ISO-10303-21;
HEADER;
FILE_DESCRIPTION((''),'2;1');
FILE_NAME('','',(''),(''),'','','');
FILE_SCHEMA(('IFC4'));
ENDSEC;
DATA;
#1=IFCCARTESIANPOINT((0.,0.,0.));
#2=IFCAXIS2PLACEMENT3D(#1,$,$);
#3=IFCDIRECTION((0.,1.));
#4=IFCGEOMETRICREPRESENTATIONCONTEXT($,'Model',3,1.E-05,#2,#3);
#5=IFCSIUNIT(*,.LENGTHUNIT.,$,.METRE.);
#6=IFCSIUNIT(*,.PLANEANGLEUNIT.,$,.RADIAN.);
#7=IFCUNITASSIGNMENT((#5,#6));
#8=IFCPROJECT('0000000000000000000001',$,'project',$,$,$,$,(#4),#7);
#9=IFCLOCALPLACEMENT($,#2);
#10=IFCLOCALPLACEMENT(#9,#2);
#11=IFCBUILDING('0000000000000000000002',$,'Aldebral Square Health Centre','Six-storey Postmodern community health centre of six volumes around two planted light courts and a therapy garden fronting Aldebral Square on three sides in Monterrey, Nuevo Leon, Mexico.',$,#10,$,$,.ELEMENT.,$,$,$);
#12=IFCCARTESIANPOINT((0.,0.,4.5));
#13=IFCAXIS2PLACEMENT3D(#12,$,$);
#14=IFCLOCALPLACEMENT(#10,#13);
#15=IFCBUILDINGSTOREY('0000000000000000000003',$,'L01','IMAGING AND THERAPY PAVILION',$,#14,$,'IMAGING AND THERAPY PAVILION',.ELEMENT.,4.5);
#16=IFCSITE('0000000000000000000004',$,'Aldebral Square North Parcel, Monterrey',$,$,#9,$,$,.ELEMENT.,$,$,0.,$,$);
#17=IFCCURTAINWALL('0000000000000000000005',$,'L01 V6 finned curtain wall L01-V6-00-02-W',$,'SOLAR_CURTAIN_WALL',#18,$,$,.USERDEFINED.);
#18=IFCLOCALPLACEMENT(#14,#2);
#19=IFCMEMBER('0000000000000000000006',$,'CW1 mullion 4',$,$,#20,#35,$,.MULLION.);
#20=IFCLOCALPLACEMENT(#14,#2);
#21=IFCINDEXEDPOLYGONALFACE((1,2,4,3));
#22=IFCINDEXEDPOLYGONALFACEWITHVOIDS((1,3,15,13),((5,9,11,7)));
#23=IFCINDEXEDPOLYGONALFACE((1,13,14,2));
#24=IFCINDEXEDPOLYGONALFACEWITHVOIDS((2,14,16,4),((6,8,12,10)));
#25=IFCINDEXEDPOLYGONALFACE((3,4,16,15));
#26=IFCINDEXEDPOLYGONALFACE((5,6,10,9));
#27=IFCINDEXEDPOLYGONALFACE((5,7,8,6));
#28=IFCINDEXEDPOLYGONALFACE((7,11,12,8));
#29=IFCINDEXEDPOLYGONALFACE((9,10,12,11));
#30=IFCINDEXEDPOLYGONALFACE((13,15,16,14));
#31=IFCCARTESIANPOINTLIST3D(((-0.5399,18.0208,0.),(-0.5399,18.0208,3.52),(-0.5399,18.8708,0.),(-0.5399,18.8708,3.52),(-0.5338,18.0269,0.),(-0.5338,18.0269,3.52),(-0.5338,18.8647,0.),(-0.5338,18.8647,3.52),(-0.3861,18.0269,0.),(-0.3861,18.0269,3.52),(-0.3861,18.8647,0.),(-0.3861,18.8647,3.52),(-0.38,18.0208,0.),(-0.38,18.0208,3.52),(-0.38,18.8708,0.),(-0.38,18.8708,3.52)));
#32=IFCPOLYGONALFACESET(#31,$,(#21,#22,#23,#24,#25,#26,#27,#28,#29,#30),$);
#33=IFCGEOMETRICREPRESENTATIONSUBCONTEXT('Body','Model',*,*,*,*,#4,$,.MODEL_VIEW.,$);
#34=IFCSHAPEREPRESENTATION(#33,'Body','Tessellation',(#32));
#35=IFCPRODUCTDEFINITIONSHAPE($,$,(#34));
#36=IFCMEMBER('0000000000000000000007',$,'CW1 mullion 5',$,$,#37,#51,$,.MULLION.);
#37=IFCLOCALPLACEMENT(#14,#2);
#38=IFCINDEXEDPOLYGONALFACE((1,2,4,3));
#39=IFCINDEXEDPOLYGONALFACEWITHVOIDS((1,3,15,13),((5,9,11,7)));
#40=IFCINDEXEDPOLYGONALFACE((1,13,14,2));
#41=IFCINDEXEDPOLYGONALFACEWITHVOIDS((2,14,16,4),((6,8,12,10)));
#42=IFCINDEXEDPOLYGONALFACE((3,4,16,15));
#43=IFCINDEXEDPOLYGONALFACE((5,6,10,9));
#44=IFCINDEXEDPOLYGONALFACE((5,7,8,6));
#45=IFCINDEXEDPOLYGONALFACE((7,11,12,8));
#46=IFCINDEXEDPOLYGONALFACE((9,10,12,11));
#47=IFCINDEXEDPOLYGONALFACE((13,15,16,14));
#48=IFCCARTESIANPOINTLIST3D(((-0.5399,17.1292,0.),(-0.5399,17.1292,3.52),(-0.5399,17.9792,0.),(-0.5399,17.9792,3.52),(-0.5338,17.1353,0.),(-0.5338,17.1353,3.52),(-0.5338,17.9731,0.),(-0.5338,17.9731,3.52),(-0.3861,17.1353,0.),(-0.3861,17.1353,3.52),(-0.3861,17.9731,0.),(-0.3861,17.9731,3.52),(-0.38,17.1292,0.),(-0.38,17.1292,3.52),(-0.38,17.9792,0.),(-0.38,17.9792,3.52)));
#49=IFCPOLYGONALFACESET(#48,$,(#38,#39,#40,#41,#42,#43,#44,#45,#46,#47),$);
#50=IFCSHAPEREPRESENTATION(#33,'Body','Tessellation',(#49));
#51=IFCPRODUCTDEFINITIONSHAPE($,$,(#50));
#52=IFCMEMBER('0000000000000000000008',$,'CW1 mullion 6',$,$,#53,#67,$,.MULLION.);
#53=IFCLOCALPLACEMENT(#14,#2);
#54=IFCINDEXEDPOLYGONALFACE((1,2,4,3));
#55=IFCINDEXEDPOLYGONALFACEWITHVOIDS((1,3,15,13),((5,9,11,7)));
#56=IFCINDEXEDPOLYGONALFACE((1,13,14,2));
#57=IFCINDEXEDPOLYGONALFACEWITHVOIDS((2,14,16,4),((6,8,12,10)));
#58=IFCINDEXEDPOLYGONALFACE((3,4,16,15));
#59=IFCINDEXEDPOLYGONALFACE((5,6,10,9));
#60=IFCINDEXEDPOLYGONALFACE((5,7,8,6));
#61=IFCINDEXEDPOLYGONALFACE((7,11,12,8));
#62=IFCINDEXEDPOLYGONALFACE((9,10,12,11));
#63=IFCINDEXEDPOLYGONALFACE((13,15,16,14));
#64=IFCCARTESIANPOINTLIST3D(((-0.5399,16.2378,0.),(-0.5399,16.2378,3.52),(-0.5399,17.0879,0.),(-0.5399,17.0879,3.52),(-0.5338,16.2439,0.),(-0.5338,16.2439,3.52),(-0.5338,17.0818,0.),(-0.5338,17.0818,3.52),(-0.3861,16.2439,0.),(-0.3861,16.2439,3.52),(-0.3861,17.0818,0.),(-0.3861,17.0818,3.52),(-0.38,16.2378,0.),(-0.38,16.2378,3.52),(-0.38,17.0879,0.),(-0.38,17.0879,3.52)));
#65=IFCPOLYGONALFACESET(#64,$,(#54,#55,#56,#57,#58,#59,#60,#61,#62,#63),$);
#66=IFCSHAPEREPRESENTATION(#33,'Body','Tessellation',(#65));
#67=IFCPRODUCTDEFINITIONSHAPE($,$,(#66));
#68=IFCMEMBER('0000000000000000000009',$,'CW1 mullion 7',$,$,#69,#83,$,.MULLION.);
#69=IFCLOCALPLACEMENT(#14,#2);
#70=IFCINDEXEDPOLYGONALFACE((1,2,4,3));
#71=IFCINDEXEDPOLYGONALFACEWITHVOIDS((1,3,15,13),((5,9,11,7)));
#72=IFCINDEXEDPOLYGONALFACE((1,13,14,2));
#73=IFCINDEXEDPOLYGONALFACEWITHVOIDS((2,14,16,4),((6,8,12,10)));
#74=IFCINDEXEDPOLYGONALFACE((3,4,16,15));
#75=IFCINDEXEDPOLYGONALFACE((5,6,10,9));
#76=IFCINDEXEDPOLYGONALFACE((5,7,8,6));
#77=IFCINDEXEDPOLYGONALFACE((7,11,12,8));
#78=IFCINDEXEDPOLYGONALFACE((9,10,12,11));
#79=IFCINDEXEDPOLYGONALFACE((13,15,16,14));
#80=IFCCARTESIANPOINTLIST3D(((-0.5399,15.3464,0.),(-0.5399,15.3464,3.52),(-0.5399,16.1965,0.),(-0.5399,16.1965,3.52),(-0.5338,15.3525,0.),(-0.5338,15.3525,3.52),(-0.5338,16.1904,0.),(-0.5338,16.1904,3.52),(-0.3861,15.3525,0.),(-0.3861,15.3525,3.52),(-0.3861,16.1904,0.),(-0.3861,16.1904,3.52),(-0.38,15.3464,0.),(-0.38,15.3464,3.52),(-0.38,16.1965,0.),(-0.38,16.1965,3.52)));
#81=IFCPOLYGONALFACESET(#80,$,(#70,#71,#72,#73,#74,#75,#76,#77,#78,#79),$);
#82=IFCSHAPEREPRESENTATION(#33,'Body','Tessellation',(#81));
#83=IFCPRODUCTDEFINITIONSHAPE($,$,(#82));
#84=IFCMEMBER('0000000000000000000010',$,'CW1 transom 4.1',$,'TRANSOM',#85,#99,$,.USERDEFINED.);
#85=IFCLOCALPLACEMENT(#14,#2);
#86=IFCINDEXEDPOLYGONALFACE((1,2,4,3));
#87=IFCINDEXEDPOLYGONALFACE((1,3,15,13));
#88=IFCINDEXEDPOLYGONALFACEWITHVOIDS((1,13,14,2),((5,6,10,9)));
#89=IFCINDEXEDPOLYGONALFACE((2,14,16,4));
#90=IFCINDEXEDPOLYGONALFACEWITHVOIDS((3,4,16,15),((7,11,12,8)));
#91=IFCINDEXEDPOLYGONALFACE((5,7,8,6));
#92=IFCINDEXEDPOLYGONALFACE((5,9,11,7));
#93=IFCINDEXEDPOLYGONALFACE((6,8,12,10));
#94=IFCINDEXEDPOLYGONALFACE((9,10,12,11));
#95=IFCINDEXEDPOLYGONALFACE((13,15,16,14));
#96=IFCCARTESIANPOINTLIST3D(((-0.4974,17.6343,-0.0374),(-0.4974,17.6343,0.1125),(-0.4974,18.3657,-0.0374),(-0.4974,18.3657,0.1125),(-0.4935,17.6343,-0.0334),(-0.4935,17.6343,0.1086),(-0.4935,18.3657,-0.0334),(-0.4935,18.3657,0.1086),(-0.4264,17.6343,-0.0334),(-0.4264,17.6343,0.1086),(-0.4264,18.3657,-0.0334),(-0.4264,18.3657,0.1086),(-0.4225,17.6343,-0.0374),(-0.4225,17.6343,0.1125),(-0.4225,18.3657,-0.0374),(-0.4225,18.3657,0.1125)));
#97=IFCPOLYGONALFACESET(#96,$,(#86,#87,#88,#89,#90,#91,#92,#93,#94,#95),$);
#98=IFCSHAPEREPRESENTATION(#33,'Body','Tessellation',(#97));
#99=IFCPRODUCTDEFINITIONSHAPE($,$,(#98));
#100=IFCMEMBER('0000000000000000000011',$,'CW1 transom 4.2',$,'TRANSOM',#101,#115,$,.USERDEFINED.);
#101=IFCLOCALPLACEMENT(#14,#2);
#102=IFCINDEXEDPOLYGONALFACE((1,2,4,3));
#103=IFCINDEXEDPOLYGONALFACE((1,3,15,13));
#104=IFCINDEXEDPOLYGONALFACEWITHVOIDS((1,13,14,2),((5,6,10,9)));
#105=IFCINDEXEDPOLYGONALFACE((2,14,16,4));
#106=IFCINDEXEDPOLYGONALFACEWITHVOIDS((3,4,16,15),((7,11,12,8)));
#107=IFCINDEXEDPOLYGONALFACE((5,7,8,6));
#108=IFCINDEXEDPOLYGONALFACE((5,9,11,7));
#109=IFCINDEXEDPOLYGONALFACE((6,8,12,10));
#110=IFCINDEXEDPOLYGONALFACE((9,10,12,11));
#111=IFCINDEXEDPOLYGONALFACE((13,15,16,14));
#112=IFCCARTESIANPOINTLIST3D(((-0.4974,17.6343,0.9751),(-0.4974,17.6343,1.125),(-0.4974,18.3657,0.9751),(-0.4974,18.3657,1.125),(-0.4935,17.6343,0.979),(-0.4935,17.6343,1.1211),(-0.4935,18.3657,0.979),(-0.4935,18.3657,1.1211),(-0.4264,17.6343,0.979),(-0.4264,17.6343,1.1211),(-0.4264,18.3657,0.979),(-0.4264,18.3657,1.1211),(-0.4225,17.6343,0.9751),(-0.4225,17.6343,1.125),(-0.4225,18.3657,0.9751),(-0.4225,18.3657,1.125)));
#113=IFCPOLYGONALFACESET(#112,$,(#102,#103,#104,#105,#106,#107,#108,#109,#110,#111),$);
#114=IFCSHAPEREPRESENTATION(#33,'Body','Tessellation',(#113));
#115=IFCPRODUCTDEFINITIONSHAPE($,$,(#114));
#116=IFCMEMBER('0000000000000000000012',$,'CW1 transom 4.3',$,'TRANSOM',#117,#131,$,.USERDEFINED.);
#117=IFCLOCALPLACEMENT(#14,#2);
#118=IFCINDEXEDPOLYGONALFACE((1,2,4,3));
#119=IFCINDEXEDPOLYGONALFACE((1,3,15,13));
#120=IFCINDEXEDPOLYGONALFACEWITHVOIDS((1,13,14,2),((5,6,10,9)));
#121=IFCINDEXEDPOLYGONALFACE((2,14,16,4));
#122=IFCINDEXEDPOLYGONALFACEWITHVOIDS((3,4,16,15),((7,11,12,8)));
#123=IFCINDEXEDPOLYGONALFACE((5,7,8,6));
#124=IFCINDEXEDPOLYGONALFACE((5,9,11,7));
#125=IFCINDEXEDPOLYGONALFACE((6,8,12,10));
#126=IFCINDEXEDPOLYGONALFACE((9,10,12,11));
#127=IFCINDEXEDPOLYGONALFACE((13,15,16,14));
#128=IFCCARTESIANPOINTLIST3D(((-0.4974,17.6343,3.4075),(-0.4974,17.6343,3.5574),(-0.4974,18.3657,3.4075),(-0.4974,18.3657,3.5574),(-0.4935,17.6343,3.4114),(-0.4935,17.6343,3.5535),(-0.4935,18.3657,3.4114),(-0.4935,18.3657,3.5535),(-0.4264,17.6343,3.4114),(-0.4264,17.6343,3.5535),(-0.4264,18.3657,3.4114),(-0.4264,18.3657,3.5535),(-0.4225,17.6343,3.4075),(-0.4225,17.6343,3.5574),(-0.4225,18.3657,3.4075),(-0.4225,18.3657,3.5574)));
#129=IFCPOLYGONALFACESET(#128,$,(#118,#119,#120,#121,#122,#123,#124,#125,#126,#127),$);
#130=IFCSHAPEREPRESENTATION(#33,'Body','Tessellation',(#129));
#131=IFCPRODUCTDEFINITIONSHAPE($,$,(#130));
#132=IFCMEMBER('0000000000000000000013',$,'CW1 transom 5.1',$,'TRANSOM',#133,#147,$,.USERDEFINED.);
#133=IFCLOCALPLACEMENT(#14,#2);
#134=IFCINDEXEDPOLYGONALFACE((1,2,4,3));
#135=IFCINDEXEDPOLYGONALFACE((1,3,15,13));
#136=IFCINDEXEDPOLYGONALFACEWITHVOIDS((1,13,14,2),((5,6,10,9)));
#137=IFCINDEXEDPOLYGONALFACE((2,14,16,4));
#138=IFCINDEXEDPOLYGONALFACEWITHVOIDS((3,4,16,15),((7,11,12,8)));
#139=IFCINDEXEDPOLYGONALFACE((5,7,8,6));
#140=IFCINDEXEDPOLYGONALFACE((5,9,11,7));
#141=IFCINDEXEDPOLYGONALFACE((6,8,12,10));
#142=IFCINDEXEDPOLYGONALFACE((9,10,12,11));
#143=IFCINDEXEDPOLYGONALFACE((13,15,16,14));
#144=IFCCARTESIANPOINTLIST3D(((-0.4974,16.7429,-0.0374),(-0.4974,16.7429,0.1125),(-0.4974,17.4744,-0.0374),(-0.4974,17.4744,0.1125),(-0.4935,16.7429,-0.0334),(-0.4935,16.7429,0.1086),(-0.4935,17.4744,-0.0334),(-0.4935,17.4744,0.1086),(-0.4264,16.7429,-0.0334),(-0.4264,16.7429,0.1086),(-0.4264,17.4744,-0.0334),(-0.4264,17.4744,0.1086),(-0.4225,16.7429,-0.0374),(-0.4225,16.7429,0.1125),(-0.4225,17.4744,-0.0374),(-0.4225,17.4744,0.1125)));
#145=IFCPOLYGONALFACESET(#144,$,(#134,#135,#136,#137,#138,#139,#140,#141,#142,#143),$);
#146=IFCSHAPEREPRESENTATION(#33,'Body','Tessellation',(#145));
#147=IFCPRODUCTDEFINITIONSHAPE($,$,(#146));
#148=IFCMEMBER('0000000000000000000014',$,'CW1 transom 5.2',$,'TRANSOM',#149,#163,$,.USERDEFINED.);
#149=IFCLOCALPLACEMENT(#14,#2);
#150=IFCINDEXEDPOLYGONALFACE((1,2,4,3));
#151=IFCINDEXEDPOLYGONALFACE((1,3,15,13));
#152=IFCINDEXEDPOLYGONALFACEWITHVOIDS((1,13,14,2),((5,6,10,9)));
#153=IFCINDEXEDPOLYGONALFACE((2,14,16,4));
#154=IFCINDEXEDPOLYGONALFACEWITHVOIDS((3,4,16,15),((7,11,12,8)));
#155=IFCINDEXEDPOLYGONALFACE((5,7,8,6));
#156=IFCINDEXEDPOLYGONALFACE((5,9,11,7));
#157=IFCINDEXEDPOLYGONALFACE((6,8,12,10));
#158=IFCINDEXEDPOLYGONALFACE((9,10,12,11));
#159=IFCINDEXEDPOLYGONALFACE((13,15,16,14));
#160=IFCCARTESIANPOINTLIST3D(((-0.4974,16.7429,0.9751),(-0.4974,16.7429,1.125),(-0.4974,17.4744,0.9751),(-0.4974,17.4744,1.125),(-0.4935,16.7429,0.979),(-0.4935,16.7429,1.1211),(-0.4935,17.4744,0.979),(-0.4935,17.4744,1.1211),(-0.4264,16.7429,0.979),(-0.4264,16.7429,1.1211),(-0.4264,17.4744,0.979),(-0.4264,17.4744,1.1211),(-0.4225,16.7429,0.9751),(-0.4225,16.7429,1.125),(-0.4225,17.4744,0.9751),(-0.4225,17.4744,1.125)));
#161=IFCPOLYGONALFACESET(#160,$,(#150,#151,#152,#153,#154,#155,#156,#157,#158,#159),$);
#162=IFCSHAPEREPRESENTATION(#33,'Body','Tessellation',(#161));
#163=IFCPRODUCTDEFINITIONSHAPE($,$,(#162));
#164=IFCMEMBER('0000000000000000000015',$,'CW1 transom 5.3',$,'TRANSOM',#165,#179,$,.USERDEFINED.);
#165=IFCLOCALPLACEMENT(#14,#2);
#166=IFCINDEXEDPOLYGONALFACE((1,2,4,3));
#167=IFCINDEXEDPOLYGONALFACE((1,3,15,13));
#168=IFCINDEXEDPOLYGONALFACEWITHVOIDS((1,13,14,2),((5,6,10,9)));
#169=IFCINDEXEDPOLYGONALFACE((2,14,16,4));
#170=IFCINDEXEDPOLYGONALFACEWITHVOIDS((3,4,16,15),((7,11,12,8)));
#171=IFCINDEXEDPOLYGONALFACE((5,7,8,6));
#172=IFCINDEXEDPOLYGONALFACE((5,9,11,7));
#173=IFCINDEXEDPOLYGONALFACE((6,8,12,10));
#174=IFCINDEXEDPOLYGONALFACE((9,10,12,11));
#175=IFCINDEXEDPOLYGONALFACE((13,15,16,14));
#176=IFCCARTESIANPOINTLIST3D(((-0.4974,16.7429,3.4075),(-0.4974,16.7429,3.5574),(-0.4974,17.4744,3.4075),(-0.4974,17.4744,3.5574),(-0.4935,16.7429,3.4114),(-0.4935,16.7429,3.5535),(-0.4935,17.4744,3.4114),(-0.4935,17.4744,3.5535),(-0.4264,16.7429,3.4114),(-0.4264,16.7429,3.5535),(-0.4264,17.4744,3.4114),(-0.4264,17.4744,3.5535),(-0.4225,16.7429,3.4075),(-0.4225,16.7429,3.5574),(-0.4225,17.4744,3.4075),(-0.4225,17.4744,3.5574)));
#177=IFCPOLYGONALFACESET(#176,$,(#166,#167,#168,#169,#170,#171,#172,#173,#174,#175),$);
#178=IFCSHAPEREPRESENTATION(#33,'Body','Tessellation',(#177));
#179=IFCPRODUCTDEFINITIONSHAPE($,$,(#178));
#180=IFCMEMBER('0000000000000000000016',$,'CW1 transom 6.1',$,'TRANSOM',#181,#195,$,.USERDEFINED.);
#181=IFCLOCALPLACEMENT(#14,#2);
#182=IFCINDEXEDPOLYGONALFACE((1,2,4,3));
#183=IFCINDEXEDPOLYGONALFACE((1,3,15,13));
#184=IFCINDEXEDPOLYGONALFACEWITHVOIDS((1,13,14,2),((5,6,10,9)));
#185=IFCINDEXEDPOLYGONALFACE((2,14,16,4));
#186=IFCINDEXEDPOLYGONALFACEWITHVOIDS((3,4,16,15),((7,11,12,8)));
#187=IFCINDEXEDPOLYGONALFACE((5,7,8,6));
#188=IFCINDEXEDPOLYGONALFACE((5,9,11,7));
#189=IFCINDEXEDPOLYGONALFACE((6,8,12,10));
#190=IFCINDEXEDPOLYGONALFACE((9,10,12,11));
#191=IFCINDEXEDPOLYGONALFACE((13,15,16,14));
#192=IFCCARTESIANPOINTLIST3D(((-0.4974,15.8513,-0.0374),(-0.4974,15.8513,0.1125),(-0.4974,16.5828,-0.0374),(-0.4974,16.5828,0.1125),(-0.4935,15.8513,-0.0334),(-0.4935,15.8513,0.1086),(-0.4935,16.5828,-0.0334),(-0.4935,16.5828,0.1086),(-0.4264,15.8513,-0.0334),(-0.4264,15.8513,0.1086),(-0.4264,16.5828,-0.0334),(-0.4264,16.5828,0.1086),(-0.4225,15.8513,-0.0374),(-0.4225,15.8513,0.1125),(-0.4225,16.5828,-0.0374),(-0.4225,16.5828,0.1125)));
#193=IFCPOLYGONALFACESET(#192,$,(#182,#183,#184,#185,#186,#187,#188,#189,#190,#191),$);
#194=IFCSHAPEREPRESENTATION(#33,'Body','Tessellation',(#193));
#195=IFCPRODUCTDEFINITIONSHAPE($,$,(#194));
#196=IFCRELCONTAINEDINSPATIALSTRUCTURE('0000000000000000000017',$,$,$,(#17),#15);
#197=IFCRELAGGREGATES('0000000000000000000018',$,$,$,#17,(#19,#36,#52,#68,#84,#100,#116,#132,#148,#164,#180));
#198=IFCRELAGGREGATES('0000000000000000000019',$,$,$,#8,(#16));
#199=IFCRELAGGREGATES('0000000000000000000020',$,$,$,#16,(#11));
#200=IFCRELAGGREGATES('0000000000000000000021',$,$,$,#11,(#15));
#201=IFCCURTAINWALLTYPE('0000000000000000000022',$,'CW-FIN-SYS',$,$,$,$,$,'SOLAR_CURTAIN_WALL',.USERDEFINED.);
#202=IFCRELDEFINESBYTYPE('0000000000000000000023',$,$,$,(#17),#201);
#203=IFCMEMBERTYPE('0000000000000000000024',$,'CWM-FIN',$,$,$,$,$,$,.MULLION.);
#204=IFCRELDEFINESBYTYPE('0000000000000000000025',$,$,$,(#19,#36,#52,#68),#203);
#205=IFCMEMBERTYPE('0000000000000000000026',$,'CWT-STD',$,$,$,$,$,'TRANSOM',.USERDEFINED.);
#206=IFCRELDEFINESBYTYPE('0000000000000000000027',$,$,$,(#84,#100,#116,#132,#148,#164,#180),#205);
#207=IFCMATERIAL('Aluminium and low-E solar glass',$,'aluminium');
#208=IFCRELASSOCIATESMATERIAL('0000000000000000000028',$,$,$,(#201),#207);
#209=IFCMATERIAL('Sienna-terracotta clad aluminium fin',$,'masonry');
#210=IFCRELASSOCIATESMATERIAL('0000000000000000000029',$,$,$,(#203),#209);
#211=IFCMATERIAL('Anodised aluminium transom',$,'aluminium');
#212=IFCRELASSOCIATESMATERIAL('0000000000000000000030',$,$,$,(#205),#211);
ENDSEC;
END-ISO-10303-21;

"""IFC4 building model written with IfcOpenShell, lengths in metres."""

from ifc_helpers import new_model, si_unit, direction, frame, origin, origin_2d, place, context, subcontext, project, spatial, hollow_rectangle, extrude, material, material_profile, profile_set, type_object, element, aggregate, save


model = new_model("IFC4")

# Units and contexts
model_context = context("Model", 3, precision=1e-05, world=origin(), true_north=direction((0.0, 1.0)))
body_context = subcontext(model_context, "Body", "Model", "MODEL_VIEW")
ifc_project = project(units=[si_unit("LENGTHUNIT", "METRE"), si_unit("PLANEANGLEUNIT", "RADIAN")], contexts=[model_context])

# Site, building, storey
site_placement = place(None, origin())
site = spatial("IfcSite", under=ifc_project, at=site_placement, Name="Aldebral Square North Parcel, Monterrey", CompositionType="ELEMENT", RefElevation=0.0)
building_placement = place(site_placement, origin())
building = spatial("IfcBuilding", under=site, at=building_placement, Name="Aldebral Square Health Centre", Description="Six-storey Postmodern community health centre of six volumes around two planted light courts and a therapy garden fronting Aldebral Square on three sides in Monterrey, Nuevo Leon, Mexico.", CompositionType="ELEMENT")
storey_placement = place(building_placement, frame((0.0, 0.0, 4.5)))
storey = spatial("IfcBuildingStorey", under=building, at=storey_placement, Name="L01", Description="IMAGING AND THERAPY PAVILION", LongName="IMAGING AND THERAPY PAVILION", CompositionType="ELEMENT", Elevation=4.5)

# Curtain wall, members
ifc_material_1 = material(Name="Aluminium and low-E solar glass", Category="aluminium")
curtain_wall_type = type_object("IfcCurtainWallType", Name="CW-FIN-SYS", ElementType="SOLAR_CURTAIN_WALL", PredefinedType="USERDEFINED", material=ifc_material_1)
curtain_wall_placement = place(storey_placement, origin())
curtain_wall = element("IfcCurtainWall", 1, at=curtain_wall_placement, inside=storey, type_object=curtain_wall_type, Name="L01 V6 finned curtain wall L01-V6-00-02-W", ObjectType="SOLAR_CURTAIN_WALL", PredefinedType="USERDEFINED")
ifc_material_2 = material(Name="Sienna-terracotta clad aluminium fin", Category="masonry")
ifc_material_profile_1 = material_profile(ifc_material_2, hollow_rectangle(XDim=0.1599, YDim=0.8501, WallThickness=0.0061, at=origin_2d()), Name="FIN 160x850x6")
ifc_profile_set_1 = profile_set([ifc_material_profile_1], Name="Sienna-terracotta clad aluminium fin")
member_type_1 = type_object("IfcMemberType", Name="CWM-FIN", PredefinedType="MULLION", material=ifc_profile_set_1)
member_1_placement = place(storey_placement, frame((-0.46, 18.4458, 0.0), z_axis=(0.0, 0.0, 1.0), x_axis=(1.0, 0.0, 0.0)))
member_1 = element("IfcMember", 2, at=member_1_placement, type_object=member_type_1, Name="CW1 mullion 4", PredefinedType="MULLION", context=body_context, shape_type="SweptSolid", body=[
    extrude(hollow_rectangle(XDim=0.1599, YDim=0.8501, WallThickness=0.0061, at=origin_2d()), origin(), (0.0, 0.0, 1.0), 3.52),
])
member_2_placement = place(storey_placement, frame((-0.46, 17.5542, 0.0), z_axis=(0.0, 0.0, 1.0), x_axis=(1.0, 0.0, 0.0)))
member_2 = element("IfcMember", 3, at=member_2_placement, type_object=member_type_1, Name="CW1 mullion 5", PredefinedType="MULLION", context=body_context, shape_type="SweptSolid", body=[
    extrude(hollow_rectangle(XDim=0.1599, YDim=0.8501, WallThickness=0.0061, at=origin_2d()), origin(), (0.0, 0.0, 1.0), 3.52),
])
member_3_placement = place(storey_placement, frame((-0.46, 16.6628, 0.0), z_axis=(0.0, 0.0, 1.0), x_axis=(1.0, 0.0, 0.0)))
member_3 = element("IfcMember", 4, at=member_3_placement, type_object=member_type_1, Name="CW1 mullion 6", PredefinedType="MULLION", context=body_context, shape_type="SweptSolid", body=[
    extrude(hollow_rectangle(XDim=0.1599, YDim=0.8501, WallThickness=0.0061, at=origin_2d()), origin(), (0.0, 0.0, 1.0), 3.52),
])
member_4_placement = place(storey_placement, frame((-0.46, 15.7715, 0.0), z_axis=(0.0, 0.0, 1.0), x_axis=(1.0, 0.0, 0.0)))
member_4 = element("IfcMember", 5, at=member_4_placement, type_object=member_type_1, Name="CW1 mullion 7", PredefinedType="MULLION", context=body_context, shape_type="SweptSolid", body=[
    extrude(hollow_rectangle(XDim=0.1599, YDim=0.8501, WallThickness=0.0061, at=origin_2d()), origin(), (0.0, 0.0, 1.0), 3.52),
])
ifc_material_3 = material(Name="Anodised aluminium transom", Category="aluminium")
ifc_material_profile_2 = material_profile(ifc_material_3, hollow_rectangle(XDim=0.075, YDim=0.1499, WallThickness=0.0039, at=origin_2d()), Name="CWT 75x150x4")
ifc_profile_set_2 = profile_set([ifc_material_profile_2], Name="Anodised aluminium transom")
member_type_2 = type_object("IfcMemberType", Name="CWT-STD", ElementType="TRANSOM", PredefinedType="USERDEFINED", material=ifc_profile_set_2)
member_5_placement = place(storey_placement, frame((-0.46, 18.3657, 0.0376), z_axis=(0.0, -1.0, 0.0), x_axis=(1.0, 0.0, 0.0)))
member_5 = element("IfcMember", 6, at=member_5_placement, type_object=member_type_2, Name="CW1 transom 4.1", ObjectType="TRANSOM", PredefinedType="USERDEFINED", context=body_context, shape_type="SweptSolid", body=[
    extrude(hollow_rectangle(XDim=0.075, YDim=0.1499, WallThickness=0.0039, at=origin_2d()), origin(), (0.0, 0.0, 1.0), 0.7314),
])
member_6_placement = place(storey_placement, frame((-0.46, 18.3657, 1.05), z_axis=(0.0, -1.0, 0.0), x_axis=(1.0, 0.0, 0.0)))
member_6 = element("IfcMember", 7, at=member_6_placement, type_object=member_type_2, Name="CW1 transom 4.2", ObjectType="TRANSOM", PredefinedType="USERDEFINED", context=body_context, shape_type="SweptSolid", body=[
    extrude(hollow_rectangle(XDim=0.075, YDim=0.1499, WallThickness=0.0039, at=origin_2d()), origin(), (0.0, 0.0, 1.0), 0.7314),
])
member_7_placement = place(storey_placement, frame((-0.46, 18.3657, 3.4824), z_axis=(0.0, -1.0, 0.0), x_axis=(1.0, 0.0, 0.0)))
member_7 = element("IfcMember", 8, at=member_7_placement, type_object=member_type_2, Name="CW1 transom 4.3", ObjectType="TRANSOM", PredefinedType="USERDEFINED", context=body_context, shape_type="SweptSolid", body=[
    extrude(hollow_rectangle(XDim=0.075, YDim=0.1499, WallThickness=0.0039, at=origin_2d()), origin(), (0.0, 0.0, 1.0), 0.7314),
])
member_8_placement = place(storey_placement, frame((-0.46, 17.4744, 0.0376), z_axis=(0.0, -1.0, 0.0), x_axis=(1.0, 0.0, 0.0)))
member_8 = element("IfcMember", 9, at=member_8_placement, type_object=member_type_2, Name="CW1 transom 5.1", ObjectType="TRANSOM", PredefinedType="USERDEFINED", context=body_context, shape_type="SweptSolid", body=[
    extrude(hollow_rectangle(XDim=0.075, YDim=0.1499, WallThickness=0.0039, at=origin_2d()), origin(), (0.0, 0.0, 1.0), 0.7314),
])
member_9_placement = place(storey_placement, frame((-0.46, 17.4744, 1.05), z_axis=(0.0, -1.0, 0.0), x_axis=(1.0, 0.0, 0.0)))
member_9 = element("IfcMember", 10, at=member_9_placement, type_object=member_type_2, Name="CW1 transom 5.2", ObjectType="TRANSOM", PredefinedType="USERDEFINED", context=body_context, shape_type="SweptSolid", body=[
    extrude(hollow_rectangle(XDim=0.075, YDim=0.1499, WallThickness=0.0039, at=origin_2d()), origin(), (0.0, 0.0, 1.0), 0.7314),
])
member_10_placement = place(storey_placement, frame((-0.46, 17.4744, 3.4824), z_axis=(0.0, -1.0, 0.0), x_axis=(1.0, 0.0, 0.0)))
member_10 = element("IfcMember", 11, at=member_10_placement, type_object=member_type_2, Name="CW1 transom 5.3", ObjectType="TRANSOM", PredefinedType="USERDEFINED", context=body_context, shape_type="SweptSolid", body=[
    extrude(hollow_rectangle(XDim=0.075, YDim=0.1499, WallThickness=0.0039, at=origin_2d()), origin(), (0.0, 0.0, 1.0), 0.7314),
])
member_11_placement = place(storey_placement, frame((-0.46, 16.5828, 0.0376), z_axis=(0.0, -1.0, 0.0), x_axis=(1.0, 0.0, 0.0)))
member_11 = element("IfcMember", 12, at=member_11_placement, type_object=member_type_2, Name="CW1 transom 6.1", ObjectType="TRANSOM", PredefinedType="USERDEFINED", context=body_context, shape_type="SweptSolid", body=[
    extrude(hollow_rectangle(XDim=0.075, YDim=0.1499, WallThickness=0.0039, at=origin_2d()), origin(), (0.0, 0.0, 1.0), 0.7314),
])
aggregate(curtain_wall, [member_1, member_2, member_3, member_4, member_5, member_6, member_7, member_8, member_9, member_10, member_11])

save(model, "model.ifc")
